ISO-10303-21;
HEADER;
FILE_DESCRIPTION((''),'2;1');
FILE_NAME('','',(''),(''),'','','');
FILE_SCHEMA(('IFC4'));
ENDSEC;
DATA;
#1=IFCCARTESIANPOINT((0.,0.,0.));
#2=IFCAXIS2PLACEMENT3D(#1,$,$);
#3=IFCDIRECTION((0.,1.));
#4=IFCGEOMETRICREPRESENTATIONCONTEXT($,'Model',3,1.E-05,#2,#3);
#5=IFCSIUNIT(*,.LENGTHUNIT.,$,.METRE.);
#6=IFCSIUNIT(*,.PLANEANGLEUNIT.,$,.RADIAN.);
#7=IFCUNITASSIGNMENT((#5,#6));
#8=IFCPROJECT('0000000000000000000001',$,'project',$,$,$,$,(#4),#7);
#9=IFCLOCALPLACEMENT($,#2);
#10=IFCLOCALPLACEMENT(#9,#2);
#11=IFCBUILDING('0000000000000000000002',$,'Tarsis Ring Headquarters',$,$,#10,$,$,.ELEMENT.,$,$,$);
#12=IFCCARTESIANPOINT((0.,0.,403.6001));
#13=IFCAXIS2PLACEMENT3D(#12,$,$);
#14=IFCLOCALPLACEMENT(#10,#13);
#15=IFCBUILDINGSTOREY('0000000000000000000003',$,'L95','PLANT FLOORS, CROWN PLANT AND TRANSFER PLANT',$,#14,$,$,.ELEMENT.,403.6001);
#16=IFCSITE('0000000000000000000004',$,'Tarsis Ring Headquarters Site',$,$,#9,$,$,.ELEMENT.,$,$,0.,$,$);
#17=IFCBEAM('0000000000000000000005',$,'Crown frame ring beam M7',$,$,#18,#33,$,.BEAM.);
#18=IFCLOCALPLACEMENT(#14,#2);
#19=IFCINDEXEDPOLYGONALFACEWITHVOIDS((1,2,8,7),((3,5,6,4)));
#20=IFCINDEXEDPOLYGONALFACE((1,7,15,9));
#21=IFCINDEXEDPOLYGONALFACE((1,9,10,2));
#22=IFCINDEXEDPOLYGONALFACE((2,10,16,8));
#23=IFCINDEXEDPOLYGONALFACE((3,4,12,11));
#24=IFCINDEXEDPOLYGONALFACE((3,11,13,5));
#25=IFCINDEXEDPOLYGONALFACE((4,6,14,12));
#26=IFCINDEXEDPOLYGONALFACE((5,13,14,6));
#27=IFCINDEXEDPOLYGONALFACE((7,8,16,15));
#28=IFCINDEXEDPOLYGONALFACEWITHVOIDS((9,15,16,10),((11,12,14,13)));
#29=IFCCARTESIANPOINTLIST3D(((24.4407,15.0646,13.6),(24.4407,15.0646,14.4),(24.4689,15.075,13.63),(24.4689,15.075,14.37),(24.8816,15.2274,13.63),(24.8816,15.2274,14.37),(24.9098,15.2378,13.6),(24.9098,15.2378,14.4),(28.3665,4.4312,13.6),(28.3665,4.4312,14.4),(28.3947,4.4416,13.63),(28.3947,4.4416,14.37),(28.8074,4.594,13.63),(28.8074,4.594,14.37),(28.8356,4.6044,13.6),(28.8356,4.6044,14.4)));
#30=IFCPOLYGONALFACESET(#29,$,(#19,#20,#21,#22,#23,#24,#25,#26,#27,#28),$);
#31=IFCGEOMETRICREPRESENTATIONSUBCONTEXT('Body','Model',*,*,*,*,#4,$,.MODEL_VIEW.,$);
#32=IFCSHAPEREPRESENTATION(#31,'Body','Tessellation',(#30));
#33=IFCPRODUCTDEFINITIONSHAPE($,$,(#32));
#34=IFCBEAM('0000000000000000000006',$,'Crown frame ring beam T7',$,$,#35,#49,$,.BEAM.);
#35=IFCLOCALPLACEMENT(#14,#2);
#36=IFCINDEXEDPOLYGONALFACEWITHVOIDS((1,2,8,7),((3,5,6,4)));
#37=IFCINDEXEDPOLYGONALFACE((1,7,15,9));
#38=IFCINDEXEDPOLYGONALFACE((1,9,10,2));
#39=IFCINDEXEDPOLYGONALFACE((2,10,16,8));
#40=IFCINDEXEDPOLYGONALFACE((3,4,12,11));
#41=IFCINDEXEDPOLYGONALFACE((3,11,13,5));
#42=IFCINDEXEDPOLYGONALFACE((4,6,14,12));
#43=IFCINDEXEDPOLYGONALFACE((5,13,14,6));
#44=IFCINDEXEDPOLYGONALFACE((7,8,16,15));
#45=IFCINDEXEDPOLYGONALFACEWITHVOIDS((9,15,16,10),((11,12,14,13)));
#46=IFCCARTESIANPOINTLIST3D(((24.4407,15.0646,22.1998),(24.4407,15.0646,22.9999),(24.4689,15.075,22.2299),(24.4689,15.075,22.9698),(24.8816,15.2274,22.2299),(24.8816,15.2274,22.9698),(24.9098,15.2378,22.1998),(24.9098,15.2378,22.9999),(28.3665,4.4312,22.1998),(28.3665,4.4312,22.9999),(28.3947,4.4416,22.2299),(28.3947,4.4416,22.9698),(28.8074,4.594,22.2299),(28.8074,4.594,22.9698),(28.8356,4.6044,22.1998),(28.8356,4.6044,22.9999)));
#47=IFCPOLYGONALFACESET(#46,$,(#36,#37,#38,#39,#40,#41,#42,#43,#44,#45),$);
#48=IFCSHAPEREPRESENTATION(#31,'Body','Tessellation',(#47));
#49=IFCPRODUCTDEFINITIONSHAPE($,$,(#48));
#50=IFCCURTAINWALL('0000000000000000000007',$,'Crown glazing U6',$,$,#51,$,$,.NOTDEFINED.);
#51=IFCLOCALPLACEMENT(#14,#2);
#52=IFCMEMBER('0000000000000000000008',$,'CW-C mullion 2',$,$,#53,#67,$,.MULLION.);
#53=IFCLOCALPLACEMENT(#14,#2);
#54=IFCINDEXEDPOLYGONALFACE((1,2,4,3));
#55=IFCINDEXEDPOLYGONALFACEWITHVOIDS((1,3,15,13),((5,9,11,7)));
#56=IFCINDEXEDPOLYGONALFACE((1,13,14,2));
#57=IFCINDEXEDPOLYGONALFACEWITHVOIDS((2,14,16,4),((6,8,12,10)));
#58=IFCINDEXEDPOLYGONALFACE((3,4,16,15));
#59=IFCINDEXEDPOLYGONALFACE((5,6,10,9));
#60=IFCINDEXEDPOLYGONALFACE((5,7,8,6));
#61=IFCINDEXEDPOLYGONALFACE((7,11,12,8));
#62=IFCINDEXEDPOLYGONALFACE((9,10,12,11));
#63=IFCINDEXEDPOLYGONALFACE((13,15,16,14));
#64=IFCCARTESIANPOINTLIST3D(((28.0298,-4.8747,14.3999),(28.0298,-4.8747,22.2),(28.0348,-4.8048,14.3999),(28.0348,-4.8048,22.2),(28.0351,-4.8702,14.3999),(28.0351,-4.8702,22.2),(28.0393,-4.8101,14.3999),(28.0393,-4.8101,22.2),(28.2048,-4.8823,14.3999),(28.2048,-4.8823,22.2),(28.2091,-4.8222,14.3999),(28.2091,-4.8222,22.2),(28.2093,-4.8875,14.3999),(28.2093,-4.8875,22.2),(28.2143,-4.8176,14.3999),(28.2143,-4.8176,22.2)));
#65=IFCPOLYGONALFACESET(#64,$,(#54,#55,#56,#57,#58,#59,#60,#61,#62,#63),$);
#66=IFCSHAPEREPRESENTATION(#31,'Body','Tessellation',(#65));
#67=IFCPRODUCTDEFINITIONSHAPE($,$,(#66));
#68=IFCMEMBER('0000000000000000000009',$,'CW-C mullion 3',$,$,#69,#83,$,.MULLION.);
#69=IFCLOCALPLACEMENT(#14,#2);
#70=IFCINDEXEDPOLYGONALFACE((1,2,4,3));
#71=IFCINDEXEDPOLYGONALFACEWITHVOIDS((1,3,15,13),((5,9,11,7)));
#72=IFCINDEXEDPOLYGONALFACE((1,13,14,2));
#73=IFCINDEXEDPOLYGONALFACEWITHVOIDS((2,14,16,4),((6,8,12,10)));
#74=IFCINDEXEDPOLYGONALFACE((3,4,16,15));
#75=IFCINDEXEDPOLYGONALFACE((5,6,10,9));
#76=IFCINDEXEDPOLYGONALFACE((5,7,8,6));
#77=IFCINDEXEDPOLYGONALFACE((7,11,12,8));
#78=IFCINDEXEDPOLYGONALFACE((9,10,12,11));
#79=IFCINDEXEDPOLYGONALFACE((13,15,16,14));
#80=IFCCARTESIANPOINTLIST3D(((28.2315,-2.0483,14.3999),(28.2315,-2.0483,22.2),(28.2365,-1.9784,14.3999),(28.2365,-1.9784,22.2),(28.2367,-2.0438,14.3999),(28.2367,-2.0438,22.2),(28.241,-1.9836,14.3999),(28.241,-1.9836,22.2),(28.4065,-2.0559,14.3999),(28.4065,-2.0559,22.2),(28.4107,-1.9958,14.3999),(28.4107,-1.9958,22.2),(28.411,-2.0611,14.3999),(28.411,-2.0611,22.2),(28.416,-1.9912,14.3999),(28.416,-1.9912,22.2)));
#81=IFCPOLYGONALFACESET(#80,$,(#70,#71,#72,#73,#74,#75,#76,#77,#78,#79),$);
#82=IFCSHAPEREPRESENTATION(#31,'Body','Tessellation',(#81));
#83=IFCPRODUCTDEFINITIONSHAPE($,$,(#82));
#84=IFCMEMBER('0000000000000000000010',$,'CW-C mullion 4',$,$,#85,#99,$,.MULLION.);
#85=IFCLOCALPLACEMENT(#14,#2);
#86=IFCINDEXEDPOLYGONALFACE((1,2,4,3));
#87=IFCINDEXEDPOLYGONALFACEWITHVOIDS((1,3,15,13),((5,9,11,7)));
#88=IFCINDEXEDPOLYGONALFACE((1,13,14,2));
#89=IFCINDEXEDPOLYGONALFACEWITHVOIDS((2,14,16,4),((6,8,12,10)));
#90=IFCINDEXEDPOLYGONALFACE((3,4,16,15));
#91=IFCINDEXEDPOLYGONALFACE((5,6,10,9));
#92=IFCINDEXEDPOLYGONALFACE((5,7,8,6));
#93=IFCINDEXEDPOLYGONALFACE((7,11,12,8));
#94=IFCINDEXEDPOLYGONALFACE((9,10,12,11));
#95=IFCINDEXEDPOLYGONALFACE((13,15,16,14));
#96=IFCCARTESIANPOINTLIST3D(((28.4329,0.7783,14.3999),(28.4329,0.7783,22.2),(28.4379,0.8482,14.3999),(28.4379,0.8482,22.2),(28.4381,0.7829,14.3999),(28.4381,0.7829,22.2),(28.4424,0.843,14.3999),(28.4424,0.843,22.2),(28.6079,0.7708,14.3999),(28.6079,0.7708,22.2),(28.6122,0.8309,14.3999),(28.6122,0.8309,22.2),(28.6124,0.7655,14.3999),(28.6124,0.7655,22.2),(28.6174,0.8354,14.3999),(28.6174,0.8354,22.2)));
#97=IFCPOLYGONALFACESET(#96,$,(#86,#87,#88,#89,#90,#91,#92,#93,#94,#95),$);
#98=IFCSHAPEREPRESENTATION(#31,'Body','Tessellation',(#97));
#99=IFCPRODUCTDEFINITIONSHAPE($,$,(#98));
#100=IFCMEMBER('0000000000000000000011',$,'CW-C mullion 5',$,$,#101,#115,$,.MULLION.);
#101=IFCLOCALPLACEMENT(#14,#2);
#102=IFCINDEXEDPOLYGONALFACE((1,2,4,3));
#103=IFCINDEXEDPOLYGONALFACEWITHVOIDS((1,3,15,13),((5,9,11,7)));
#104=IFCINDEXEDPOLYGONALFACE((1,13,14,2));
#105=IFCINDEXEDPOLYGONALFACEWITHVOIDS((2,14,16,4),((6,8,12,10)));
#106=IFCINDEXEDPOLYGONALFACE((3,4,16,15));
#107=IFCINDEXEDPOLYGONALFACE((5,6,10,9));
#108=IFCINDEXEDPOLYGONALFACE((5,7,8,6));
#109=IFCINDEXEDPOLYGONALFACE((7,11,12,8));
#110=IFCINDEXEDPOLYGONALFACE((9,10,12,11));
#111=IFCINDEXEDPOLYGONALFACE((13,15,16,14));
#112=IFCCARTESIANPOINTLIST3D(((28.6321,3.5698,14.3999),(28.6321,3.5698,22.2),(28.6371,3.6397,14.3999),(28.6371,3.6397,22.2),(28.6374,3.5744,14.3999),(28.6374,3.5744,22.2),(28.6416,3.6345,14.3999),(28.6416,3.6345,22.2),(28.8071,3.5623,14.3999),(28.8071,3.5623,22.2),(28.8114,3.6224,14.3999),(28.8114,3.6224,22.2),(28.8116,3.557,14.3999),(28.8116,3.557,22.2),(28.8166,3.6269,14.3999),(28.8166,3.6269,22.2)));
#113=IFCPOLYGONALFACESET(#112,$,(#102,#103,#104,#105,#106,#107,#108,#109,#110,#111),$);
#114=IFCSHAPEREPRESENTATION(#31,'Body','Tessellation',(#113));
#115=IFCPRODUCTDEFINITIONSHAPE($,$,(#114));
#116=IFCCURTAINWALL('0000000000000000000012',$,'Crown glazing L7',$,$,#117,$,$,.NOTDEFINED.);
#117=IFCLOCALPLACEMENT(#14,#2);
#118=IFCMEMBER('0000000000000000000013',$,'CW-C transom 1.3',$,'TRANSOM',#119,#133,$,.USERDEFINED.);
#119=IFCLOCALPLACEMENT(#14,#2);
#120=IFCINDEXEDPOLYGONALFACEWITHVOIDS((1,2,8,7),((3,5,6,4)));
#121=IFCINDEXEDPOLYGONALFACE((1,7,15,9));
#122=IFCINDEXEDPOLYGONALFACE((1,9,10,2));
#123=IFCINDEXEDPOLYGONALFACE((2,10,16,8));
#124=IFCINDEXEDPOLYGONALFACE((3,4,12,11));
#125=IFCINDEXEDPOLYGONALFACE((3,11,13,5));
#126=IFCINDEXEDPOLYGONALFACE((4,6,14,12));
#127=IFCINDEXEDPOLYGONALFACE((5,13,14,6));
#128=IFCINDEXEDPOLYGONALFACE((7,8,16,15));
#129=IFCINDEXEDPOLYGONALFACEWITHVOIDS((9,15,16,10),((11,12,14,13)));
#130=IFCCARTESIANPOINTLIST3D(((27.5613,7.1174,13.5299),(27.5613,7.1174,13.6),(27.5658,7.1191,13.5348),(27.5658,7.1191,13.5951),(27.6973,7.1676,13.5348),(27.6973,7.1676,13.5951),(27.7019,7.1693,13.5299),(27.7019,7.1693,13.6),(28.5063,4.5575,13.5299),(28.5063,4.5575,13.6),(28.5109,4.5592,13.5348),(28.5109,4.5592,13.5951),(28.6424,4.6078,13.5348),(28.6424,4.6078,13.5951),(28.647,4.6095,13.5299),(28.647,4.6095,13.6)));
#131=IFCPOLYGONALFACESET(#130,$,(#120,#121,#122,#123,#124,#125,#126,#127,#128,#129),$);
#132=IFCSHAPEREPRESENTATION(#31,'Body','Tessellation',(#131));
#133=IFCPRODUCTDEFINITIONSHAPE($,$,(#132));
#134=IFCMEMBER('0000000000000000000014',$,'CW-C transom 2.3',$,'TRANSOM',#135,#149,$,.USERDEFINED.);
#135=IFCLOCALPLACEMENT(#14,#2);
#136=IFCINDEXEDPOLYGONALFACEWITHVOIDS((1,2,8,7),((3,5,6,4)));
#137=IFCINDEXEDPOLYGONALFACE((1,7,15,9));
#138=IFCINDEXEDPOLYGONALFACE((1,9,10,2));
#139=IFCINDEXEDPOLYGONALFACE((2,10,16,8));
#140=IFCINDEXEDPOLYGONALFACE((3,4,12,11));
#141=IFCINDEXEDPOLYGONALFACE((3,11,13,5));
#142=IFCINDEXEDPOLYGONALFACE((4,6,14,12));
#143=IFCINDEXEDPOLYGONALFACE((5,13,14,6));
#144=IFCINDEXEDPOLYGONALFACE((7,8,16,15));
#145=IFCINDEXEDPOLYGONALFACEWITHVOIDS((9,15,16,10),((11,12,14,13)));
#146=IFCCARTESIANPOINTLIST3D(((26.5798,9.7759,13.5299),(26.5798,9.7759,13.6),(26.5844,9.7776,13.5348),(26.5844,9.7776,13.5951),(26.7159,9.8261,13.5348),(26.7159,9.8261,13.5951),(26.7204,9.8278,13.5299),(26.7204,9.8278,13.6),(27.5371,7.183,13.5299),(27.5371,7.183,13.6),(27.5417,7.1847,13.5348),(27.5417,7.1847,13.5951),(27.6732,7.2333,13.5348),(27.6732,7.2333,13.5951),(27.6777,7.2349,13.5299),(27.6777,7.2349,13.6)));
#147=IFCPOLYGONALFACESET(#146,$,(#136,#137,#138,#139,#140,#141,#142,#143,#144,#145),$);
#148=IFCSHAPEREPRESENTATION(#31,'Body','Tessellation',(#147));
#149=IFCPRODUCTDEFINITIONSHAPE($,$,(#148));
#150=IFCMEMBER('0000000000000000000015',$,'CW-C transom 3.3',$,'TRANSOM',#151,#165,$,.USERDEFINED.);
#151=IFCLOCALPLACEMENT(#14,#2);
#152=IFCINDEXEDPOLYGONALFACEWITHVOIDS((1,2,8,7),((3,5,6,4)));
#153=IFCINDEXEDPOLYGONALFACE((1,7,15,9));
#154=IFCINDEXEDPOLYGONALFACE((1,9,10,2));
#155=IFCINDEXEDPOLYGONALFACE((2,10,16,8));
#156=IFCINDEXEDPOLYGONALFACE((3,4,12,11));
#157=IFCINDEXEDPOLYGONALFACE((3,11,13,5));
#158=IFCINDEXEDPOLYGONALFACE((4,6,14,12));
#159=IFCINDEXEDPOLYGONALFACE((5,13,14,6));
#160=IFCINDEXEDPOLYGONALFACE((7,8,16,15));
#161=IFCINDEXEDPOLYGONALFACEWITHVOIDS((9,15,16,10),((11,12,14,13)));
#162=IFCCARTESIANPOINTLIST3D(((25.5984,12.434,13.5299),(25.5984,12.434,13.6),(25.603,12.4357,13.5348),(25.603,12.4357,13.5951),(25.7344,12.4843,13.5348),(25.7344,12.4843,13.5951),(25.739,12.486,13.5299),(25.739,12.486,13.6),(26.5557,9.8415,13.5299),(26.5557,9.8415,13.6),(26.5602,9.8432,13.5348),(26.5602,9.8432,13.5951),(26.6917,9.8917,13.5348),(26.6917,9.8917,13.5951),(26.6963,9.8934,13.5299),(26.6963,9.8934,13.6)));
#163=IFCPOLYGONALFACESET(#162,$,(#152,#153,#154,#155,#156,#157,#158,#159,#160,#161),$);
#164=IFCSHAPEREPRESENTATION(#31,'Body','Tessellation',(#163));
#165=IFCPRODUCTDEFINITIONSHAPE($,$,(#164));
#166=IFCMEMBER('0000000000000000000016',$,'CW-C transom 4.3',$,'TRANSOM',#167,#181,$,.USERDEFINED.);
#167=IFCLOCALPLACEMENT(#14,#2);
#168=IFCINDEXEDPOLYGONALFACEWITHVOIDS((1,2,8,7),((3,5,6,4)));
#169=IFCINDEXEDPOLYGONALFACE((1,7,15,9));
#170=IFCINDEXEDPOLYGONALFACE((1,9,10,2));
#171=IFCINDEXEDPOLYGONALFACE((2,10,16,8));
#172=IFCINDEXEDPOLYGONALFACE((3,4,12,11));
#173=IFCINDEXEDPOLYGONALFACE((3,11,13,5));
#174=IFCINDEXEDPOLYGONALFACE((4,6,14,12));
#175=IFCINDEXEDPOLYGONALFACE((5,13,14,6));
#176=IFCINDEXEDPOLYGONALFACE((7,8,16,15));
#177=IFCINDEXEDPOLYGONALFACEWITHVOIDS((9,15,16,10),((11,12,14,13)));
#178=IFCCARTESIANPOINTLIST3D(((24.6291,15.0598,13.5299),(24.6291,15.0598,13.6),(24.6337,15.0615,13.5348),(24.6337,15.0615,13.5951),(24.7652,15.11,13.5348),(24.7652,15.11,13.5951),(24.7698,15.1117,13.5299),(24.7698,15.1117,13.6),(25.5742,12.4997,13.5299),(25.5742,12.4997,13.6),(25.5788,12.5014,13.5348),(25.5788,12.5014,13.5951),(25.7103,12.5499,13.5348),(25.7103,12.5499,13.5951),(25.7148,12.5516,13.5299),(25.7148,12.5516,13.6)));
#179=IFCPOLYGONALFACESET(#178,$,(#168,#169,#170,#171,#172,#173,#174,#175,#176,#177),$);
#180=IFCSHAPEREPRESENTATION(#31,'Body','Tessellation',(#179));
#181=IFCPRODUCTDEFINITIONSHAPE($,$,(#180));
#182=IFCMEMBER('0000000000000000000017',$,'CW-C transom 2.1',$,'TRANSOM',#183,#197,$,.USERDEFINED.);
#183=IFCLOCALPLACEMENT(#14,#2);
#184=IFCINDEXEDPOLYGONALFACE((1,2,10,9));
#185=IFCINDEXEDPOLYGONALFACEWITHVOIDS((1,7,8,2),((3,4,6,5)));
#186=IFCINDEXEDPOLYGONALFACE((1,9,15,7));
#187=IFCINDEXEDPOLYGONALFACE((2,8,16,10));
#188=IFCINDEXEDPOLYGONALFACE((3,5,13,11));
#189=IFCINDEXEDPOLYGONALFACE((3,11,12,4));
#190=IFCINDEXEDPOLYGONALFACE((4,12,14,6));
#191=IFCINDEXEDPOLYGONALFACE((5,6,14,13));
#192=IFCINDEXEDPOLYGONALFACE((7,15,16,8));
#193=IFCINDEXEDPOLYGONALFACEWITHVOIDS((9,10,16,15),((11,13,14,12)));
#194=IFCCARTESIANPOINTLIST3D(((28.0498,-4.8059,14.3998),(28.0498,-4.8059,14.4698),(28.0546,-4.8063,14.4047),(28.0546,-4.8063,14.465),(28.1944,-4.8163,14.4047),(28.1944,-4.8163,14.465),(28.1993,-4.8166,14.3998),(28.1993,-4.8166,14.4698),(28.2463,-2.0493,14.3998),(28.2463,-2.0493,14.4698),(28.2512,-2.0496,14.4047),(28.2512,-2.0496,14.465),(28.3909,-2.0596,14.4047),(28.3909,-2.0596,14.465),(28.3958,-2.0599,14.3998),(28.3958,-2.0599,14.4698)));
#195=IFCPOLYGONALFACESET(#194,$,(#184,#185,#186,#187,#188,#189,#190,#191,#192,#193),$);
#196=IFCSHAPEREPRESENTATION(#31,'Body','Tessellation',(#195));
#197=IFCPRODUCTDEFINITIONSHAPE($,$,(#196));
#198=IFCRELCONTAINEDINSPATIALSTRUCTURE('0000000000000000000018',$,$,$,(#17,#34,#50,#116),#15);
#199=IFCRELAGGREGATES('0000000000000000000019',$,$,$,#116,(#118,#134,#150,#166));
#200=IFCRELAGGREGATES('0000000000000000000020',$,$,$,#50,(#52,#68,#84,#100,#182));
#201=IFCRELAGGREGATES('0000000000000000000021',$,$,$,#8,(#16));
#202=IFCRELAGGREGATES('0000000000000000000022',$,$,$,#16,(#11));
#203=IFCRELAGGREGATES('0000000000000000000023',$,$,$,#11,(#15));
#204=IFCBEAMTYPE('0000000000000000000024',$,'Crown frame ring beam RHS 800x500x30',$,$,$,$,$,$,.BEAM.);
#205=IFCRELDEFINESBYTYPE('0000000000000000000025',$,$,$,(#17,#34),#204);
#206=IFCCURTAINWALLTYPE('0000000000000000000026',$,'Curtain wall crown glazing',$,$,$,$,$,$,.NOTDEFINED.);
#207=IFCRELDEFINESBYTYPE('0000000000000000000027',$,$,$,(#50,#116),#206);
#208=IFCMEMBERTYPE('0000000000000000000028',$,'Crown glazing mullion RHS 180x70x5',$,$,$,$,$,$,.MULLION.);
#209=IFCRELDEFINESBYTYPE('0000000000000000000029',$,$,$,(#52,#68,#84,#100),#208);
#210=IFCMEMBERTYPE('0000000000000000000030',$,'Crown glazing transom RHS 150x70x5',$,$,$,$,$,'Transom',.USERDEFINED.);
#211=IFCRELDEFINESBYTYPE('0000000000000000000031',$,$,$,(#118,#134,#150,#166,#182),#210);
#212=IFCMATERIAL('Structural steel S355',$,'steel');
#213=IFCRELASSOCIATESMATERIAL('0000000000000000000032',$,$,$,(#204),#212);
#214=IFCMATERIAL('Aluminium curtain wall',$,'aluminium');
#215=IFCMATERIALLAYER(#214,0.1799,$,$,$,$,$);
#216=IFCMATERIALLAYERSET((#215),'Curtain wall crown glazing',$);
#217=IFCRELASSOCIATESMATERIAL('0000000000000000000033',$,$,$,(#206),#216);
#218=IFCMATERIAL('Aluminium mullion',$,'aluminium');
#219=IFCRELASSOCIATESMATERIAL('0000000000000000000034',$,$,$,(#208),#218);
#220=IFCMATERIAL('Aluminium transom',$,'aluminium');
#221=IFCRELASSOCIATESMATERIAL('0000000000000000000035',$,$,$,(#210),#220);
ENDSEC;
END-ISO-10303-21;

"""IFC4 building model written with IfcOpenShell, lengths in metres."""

from ifc_helpers import new_model, si_unit, direction, frame, origin, origin_2d, place, context, subcontext, project, spatial, hollow_rectangle, extrude, material, layer, layer_set, material_profile, profile_set, type_object, element, aggregate, save


model = new_model("IFC4")

# Units and contexts
model_context = context("Model", 3, precision=1e-05, world=origin(), true_north=direction((0.0, 1.0)))
body_context = subcontext(model_context, "Body", "Model", "MODEL_VIEW")
ifc_project = project(units=[si_unit("LENGTHUNIT", "METRE"), si_unit("PLANEANGLEUNIT", "RADIAN")], contexts=[model_context])

# Site, building, storey
site_placement = place(None, origin())
site = spatial("IfcSite", under=ifc_project, at=site_placement, Name="Tarsis Ring Headquarters Site", CompositionType="ELEMENT", RefElevation=0.0)
building_placement = place(site_placement, origin())
building = spatial("IfcBuilding", under=site, at=building_placement, Name="Tarsis Ring Headquarters", CompositionType="ELEMENT")
storey_placement = place(building_placement, frame((0.0, 0.0, 403.6001)))
storey = spatial("IfcBuildingStorey", under=building, at=storey_placement, Name="L95", Description="PLANT FLOORS, CROWN PLANT AND TRANSFER PLANT", CompositionType="ELEMENT", Elevation=403.6001)

# Beams
ifc_material_1 = material(Name="Structural steel S355", Category="steel")
ifc_material_profile_1 = material_profile(ifc_material_1, hollow_rectangle(XDim=0.5, YDim=0.8, WallThickness=0.03, at=origin_2d()), Name="RHS 800x500x30")
ifc_profile_set_1 = profile_set([ifc_material_profile_1], Name="Structural steel S355")
beam_type = type_object("IfcBeamType", Name="Crown frame ring beam RHS 800x500x30", PredefinedType="BEAM", material=ifc_profile_set_1)
for number, where, z_axis, x_axis, name in (
    (1, (28.6011, 4.5178, 14.0), (-0.346346, 0.938107, 0.0), (-0.938107, -0.346346, 0.0), "Crown frame ring beam M7"),
    (2, (28.6011, 4.5178, 22.5999), (-0.346346, 0.938107, 0.0), (-0.938107, -0.346346, 0.0), "Crown frame ring beam T7"),
):
    element("IfcBeam", number, at=place(storey_placement, frame(where, z_axis=z_axis, x_axis=x_axis)), inside=storey, type_object=beam_type, Name=name, PredefinedType="BEAM", context=body_context, shape_type="SweptSolid", body=[
        extrude(hollow_rectangle(XDim=0.5, YDim=0.8, WallThickness=0.03, at=origin_2d()), origin(), (0.0, 0.0, 1.0), 11.335),
    ])

# Curtain walls, members
ifc_material_2 = material(Name="Aluminium curtain wall", Category="aluminium")
ifc_layer_1 = layer(ifc_material_2, 0.1799)
ifc_layer_set_1 = layer_set([ifc_layer_1], Name="Curtain wall crown glazing")
curtain_wall_type = type_object("IfcCurtainWallType", Name="Curtain wall crown glazing", PredefinedType="NOTDEFINED", material=ifc_layer_set_1)
curtain_wall_1_placement = place(storey_placement, origin())
curtain_wall_1 = element("IfcCurtainWall", 3, at=curtain_wall_1_placement, inside=storey, type_object=curtain_wall_type, Name="Crown glazing U6", PredefinedType="NOTDEFINED")
ifc_material_3 = material(Name="Aluminium mullion", Category="aluminium")
ifc_material_profile_2 = material_profile(ifc_material_3, hollow_rectangle(XDim=0.1799, YDim=0.0701, WallThickness=0.0049, at=origin_2d()), Name="RHS 180x70x5")
ifc_profile_set_2 = profile_set([ifc_material_profile_2], Name="Aluminium mullion")
member_type_1 = type_object("IfcMemberType", Name="Crown glazing mullion RHS 180x70x5", PredefinedType="MULLION", material=ifc_profile_set_2)
member_1_placement = place(storey_placement, frame((28.1221, -4.8462, 14.3999), z_axis=(0.0, 0.0, 1.0), x_axis=(-0.997467, 0.071127, 0.0)))
member_1 = element("IfcMember", 4, at=member_1_placement, type_object=member_type_1, Name="CW-C mullion 2", PredefinedType="MULLION", context=body_context, shape_type="SweptSolid", body=[
    extrude(hollow_rectangle(XDim=0.1799, YDim=0.0701, WallThickness=0.0049, at=origin_2d()), origin(), (0.0, 0.0, 1.0), 7.8),
])
member_2_placement = place(storey_placement, frame((28.3237, -2.0198, 14.3999), z_axis=(0.0, 0.0, 1.0), x_axis=(-0.997467, 0.071127, 0.0)))
member_2 = element("IfcMember", 5, at=member_2_placement, type_object=member_type_1, Name="CW-C mullion 3", PredefinedType="MULLION", context=body_context, shape_type="SweptSolid", body=[
    extrude(hollow_rectangle(XDim=0.1799, YDim=0.0701, WallThickness=0.0049, at=origin_2d()), origin(), (0.0, 0.0, 1.0), 7.8),
])
member_3_placement = place(storey_placement, frame((28.5251, 0.8069, 14.3999), z_axis=(0.0, 0.0, 1.0), x_axis=(-0.997467, 0.071127, 0.0)))
member_3 = element("IfcMember", 6, at=member_3_placement, type_object=member_type_1, Name="CW-C mullion 4", PredefinedType="MULLION", context=body_context, shape_type="SweptSolid", body=[
    extrude(hollow_rectangle(XDim=0.1799, YDim=0.0701, WallThickness=0.0049, at=origin_2d()), origin(), (0.0, 0.0, 1.0), 7.8),
])
member_4_placement = place(storey_placement, frame((28.7244, 3.5984, 14.3999), z_axis=(0.0, 0.0, 1.0), x_axis=(-0.997467, 0.071127, 0.0)))
member_4 = element("IfcMember", 7, at=member_4_placement, type_object=member_type_1, Name="CW-C mullion 5", PredefinedType="MULLION", context=body_context, shape_type="SweptSolid", body=[
    extrude(hollow_rectangle(XDim=0.1799, YDim=0.0701, WallThickness=0.0049, at=origin_2d()), origin(), (0.0, 0.0, 1.0), 7.8),
])
curtain_wall_2_placement = place(storey_placement, origin())
curtain_wall_2 = element("IfcCurtainWall", 8, at=curtain_wall_2_placement, inside=storey, type_object=curtain_wall_type, Name="Crown glazing L7", PredefinedType="NOTDEFINED")
ifc_material_4 = material(Name="Aluminium transom", Category="aluminium")
ifc_material_profile_3 = material_profile(ifc_material_4, hollow_rectangle(XDim=0.1499, YDim=0.0701, WallThickness=0.0049, at=origin_2d()), Name="RHS 150x70x5")
ifc_profile_set_3 = profile_set([ifc_material_profile_3], Name="Aluminium transom")
member_type_2 = type_object("IfcMemberType", Name="Crown glazing transom RHS 150x70x5", ElementType="Transom", PredefinedType="USERDEFINED", material=ifc_profile_set_3)
member_5_placement = place(storey_placement, frame((28.5767, 4.5835, 13.5649), z_axis=(-0.346344, 0.938108, 0.0), x_axis=(-0.938108, -0.346344, 0.0)))
member_5 = element("IfcMember", 9, at=member_5_placement, type_object=member_type_2, Name="CW-C transom 1.3", ObjectType="TRANSOM", PredefinedType="USERDEFINED", context=body_context, shape_type="SweptSolid", body=[
    extrude(hollow_rectangle(XDim=0.1499, YDim=0.0701, WallThickness=0.0049, at=origin_2d()), origin(), (0.0, 0.0, 1.0), 2.7288),
])
member_6_placement = place(storey_placement, frame((27.6074, 7.209, 13.5649), z_axis=(-0.346356, 0.938103, 0.0), x_axis=(-0.938103, -0.346356, 0.0)))
member_6 = element("IfcMember", 10, at=member_6_placement, type_object=member_type_2, Name="CW-C transom 2.3", ObjectType="TRANSOM", PredefinedType="USERDEFINED", context=body_context, shape_type="SweptSolid", body=[
    extrude(hollow_rectangle(XDim=0.1499, YDim=0.0701, WallThickness=0.0049, at=origin_2d()), origin(), (0.0, 0.0, 1.0), 2.7639),
])
member_7_placement = place(storey_placement, frame((26.626, 9.8674, 13.5649), z_axis=(-0.346385, 0.938092, 0.0), x_axis=(-0.938092, -0.346385, 0.0)))
member_7 = element("IfcMember", 11, at=member_7_placement, type_object=member_type_2, Name="CW-C transom 3.3", ObjectType="TRANSOM", PredefinedType="USERDEFINED", context=body_context, shape_type="SweptSolid", body=[
    extrude(hollow_rectangle(XDim=0.1499, YDim=0.0701, WallThickness=0.0049, at=origin_2d()), origin(), (0.0, 0.0, 1.0), 2.7637),
])
member_8_placement = place(storey_placement, frame((25.6445, 12.5256, 13.5649), z_axis=(-0.346315, 0.938118, 0.0), x_axis=(-0.938118, -0.346315, 0.0)))
member_8 = element("IfcMember", 12, at=member_8_placement, type_object=member_type_2, Name="CW-C transom 4.3", ObjectType="TRANSOM", PredefinedType="USERDEFINED", context=body_context, shape_type="SweptSolid", body=[
    extrude(hollow_rectangle(XDim=0.1499, YDim=0.0701, WallThickness=0.0049, at=origin_2d()), origin(), (0.0, 0.0, 1.0), 2.729),
])
aggregate(curtain_wall_2, [member_5, member_6, member_7, member_8])

# Member
member_9_placement = place(storey_placement, frame((28.1245, -4.8113, 14.4348), z_axis=(0.071115, 0.997468, 0.0), x_axis=(-0.997468, 0.071115, 0.0)))
member_9 = element("IfcMember", 13, at=member_9_placement, type_object=member_type_2, Name="CW-C transom 2.1", ObjectType="TRANSOM", PredefinedType="USERDEFINED", context=body_context, shape_type="SweptSolid", body=[
    extrude(hollow_rectangle(XDim=0.1499, YDim=0.0701, WallThickness=0.0049, at=origin_2d()), origin(), (0.0, 0.0, 1.0), 2.7637),
])

aggregate(curtain_wall_1, [member_1, member_2, member_3, member_4, member_9])

save(model, "model.ifc")
